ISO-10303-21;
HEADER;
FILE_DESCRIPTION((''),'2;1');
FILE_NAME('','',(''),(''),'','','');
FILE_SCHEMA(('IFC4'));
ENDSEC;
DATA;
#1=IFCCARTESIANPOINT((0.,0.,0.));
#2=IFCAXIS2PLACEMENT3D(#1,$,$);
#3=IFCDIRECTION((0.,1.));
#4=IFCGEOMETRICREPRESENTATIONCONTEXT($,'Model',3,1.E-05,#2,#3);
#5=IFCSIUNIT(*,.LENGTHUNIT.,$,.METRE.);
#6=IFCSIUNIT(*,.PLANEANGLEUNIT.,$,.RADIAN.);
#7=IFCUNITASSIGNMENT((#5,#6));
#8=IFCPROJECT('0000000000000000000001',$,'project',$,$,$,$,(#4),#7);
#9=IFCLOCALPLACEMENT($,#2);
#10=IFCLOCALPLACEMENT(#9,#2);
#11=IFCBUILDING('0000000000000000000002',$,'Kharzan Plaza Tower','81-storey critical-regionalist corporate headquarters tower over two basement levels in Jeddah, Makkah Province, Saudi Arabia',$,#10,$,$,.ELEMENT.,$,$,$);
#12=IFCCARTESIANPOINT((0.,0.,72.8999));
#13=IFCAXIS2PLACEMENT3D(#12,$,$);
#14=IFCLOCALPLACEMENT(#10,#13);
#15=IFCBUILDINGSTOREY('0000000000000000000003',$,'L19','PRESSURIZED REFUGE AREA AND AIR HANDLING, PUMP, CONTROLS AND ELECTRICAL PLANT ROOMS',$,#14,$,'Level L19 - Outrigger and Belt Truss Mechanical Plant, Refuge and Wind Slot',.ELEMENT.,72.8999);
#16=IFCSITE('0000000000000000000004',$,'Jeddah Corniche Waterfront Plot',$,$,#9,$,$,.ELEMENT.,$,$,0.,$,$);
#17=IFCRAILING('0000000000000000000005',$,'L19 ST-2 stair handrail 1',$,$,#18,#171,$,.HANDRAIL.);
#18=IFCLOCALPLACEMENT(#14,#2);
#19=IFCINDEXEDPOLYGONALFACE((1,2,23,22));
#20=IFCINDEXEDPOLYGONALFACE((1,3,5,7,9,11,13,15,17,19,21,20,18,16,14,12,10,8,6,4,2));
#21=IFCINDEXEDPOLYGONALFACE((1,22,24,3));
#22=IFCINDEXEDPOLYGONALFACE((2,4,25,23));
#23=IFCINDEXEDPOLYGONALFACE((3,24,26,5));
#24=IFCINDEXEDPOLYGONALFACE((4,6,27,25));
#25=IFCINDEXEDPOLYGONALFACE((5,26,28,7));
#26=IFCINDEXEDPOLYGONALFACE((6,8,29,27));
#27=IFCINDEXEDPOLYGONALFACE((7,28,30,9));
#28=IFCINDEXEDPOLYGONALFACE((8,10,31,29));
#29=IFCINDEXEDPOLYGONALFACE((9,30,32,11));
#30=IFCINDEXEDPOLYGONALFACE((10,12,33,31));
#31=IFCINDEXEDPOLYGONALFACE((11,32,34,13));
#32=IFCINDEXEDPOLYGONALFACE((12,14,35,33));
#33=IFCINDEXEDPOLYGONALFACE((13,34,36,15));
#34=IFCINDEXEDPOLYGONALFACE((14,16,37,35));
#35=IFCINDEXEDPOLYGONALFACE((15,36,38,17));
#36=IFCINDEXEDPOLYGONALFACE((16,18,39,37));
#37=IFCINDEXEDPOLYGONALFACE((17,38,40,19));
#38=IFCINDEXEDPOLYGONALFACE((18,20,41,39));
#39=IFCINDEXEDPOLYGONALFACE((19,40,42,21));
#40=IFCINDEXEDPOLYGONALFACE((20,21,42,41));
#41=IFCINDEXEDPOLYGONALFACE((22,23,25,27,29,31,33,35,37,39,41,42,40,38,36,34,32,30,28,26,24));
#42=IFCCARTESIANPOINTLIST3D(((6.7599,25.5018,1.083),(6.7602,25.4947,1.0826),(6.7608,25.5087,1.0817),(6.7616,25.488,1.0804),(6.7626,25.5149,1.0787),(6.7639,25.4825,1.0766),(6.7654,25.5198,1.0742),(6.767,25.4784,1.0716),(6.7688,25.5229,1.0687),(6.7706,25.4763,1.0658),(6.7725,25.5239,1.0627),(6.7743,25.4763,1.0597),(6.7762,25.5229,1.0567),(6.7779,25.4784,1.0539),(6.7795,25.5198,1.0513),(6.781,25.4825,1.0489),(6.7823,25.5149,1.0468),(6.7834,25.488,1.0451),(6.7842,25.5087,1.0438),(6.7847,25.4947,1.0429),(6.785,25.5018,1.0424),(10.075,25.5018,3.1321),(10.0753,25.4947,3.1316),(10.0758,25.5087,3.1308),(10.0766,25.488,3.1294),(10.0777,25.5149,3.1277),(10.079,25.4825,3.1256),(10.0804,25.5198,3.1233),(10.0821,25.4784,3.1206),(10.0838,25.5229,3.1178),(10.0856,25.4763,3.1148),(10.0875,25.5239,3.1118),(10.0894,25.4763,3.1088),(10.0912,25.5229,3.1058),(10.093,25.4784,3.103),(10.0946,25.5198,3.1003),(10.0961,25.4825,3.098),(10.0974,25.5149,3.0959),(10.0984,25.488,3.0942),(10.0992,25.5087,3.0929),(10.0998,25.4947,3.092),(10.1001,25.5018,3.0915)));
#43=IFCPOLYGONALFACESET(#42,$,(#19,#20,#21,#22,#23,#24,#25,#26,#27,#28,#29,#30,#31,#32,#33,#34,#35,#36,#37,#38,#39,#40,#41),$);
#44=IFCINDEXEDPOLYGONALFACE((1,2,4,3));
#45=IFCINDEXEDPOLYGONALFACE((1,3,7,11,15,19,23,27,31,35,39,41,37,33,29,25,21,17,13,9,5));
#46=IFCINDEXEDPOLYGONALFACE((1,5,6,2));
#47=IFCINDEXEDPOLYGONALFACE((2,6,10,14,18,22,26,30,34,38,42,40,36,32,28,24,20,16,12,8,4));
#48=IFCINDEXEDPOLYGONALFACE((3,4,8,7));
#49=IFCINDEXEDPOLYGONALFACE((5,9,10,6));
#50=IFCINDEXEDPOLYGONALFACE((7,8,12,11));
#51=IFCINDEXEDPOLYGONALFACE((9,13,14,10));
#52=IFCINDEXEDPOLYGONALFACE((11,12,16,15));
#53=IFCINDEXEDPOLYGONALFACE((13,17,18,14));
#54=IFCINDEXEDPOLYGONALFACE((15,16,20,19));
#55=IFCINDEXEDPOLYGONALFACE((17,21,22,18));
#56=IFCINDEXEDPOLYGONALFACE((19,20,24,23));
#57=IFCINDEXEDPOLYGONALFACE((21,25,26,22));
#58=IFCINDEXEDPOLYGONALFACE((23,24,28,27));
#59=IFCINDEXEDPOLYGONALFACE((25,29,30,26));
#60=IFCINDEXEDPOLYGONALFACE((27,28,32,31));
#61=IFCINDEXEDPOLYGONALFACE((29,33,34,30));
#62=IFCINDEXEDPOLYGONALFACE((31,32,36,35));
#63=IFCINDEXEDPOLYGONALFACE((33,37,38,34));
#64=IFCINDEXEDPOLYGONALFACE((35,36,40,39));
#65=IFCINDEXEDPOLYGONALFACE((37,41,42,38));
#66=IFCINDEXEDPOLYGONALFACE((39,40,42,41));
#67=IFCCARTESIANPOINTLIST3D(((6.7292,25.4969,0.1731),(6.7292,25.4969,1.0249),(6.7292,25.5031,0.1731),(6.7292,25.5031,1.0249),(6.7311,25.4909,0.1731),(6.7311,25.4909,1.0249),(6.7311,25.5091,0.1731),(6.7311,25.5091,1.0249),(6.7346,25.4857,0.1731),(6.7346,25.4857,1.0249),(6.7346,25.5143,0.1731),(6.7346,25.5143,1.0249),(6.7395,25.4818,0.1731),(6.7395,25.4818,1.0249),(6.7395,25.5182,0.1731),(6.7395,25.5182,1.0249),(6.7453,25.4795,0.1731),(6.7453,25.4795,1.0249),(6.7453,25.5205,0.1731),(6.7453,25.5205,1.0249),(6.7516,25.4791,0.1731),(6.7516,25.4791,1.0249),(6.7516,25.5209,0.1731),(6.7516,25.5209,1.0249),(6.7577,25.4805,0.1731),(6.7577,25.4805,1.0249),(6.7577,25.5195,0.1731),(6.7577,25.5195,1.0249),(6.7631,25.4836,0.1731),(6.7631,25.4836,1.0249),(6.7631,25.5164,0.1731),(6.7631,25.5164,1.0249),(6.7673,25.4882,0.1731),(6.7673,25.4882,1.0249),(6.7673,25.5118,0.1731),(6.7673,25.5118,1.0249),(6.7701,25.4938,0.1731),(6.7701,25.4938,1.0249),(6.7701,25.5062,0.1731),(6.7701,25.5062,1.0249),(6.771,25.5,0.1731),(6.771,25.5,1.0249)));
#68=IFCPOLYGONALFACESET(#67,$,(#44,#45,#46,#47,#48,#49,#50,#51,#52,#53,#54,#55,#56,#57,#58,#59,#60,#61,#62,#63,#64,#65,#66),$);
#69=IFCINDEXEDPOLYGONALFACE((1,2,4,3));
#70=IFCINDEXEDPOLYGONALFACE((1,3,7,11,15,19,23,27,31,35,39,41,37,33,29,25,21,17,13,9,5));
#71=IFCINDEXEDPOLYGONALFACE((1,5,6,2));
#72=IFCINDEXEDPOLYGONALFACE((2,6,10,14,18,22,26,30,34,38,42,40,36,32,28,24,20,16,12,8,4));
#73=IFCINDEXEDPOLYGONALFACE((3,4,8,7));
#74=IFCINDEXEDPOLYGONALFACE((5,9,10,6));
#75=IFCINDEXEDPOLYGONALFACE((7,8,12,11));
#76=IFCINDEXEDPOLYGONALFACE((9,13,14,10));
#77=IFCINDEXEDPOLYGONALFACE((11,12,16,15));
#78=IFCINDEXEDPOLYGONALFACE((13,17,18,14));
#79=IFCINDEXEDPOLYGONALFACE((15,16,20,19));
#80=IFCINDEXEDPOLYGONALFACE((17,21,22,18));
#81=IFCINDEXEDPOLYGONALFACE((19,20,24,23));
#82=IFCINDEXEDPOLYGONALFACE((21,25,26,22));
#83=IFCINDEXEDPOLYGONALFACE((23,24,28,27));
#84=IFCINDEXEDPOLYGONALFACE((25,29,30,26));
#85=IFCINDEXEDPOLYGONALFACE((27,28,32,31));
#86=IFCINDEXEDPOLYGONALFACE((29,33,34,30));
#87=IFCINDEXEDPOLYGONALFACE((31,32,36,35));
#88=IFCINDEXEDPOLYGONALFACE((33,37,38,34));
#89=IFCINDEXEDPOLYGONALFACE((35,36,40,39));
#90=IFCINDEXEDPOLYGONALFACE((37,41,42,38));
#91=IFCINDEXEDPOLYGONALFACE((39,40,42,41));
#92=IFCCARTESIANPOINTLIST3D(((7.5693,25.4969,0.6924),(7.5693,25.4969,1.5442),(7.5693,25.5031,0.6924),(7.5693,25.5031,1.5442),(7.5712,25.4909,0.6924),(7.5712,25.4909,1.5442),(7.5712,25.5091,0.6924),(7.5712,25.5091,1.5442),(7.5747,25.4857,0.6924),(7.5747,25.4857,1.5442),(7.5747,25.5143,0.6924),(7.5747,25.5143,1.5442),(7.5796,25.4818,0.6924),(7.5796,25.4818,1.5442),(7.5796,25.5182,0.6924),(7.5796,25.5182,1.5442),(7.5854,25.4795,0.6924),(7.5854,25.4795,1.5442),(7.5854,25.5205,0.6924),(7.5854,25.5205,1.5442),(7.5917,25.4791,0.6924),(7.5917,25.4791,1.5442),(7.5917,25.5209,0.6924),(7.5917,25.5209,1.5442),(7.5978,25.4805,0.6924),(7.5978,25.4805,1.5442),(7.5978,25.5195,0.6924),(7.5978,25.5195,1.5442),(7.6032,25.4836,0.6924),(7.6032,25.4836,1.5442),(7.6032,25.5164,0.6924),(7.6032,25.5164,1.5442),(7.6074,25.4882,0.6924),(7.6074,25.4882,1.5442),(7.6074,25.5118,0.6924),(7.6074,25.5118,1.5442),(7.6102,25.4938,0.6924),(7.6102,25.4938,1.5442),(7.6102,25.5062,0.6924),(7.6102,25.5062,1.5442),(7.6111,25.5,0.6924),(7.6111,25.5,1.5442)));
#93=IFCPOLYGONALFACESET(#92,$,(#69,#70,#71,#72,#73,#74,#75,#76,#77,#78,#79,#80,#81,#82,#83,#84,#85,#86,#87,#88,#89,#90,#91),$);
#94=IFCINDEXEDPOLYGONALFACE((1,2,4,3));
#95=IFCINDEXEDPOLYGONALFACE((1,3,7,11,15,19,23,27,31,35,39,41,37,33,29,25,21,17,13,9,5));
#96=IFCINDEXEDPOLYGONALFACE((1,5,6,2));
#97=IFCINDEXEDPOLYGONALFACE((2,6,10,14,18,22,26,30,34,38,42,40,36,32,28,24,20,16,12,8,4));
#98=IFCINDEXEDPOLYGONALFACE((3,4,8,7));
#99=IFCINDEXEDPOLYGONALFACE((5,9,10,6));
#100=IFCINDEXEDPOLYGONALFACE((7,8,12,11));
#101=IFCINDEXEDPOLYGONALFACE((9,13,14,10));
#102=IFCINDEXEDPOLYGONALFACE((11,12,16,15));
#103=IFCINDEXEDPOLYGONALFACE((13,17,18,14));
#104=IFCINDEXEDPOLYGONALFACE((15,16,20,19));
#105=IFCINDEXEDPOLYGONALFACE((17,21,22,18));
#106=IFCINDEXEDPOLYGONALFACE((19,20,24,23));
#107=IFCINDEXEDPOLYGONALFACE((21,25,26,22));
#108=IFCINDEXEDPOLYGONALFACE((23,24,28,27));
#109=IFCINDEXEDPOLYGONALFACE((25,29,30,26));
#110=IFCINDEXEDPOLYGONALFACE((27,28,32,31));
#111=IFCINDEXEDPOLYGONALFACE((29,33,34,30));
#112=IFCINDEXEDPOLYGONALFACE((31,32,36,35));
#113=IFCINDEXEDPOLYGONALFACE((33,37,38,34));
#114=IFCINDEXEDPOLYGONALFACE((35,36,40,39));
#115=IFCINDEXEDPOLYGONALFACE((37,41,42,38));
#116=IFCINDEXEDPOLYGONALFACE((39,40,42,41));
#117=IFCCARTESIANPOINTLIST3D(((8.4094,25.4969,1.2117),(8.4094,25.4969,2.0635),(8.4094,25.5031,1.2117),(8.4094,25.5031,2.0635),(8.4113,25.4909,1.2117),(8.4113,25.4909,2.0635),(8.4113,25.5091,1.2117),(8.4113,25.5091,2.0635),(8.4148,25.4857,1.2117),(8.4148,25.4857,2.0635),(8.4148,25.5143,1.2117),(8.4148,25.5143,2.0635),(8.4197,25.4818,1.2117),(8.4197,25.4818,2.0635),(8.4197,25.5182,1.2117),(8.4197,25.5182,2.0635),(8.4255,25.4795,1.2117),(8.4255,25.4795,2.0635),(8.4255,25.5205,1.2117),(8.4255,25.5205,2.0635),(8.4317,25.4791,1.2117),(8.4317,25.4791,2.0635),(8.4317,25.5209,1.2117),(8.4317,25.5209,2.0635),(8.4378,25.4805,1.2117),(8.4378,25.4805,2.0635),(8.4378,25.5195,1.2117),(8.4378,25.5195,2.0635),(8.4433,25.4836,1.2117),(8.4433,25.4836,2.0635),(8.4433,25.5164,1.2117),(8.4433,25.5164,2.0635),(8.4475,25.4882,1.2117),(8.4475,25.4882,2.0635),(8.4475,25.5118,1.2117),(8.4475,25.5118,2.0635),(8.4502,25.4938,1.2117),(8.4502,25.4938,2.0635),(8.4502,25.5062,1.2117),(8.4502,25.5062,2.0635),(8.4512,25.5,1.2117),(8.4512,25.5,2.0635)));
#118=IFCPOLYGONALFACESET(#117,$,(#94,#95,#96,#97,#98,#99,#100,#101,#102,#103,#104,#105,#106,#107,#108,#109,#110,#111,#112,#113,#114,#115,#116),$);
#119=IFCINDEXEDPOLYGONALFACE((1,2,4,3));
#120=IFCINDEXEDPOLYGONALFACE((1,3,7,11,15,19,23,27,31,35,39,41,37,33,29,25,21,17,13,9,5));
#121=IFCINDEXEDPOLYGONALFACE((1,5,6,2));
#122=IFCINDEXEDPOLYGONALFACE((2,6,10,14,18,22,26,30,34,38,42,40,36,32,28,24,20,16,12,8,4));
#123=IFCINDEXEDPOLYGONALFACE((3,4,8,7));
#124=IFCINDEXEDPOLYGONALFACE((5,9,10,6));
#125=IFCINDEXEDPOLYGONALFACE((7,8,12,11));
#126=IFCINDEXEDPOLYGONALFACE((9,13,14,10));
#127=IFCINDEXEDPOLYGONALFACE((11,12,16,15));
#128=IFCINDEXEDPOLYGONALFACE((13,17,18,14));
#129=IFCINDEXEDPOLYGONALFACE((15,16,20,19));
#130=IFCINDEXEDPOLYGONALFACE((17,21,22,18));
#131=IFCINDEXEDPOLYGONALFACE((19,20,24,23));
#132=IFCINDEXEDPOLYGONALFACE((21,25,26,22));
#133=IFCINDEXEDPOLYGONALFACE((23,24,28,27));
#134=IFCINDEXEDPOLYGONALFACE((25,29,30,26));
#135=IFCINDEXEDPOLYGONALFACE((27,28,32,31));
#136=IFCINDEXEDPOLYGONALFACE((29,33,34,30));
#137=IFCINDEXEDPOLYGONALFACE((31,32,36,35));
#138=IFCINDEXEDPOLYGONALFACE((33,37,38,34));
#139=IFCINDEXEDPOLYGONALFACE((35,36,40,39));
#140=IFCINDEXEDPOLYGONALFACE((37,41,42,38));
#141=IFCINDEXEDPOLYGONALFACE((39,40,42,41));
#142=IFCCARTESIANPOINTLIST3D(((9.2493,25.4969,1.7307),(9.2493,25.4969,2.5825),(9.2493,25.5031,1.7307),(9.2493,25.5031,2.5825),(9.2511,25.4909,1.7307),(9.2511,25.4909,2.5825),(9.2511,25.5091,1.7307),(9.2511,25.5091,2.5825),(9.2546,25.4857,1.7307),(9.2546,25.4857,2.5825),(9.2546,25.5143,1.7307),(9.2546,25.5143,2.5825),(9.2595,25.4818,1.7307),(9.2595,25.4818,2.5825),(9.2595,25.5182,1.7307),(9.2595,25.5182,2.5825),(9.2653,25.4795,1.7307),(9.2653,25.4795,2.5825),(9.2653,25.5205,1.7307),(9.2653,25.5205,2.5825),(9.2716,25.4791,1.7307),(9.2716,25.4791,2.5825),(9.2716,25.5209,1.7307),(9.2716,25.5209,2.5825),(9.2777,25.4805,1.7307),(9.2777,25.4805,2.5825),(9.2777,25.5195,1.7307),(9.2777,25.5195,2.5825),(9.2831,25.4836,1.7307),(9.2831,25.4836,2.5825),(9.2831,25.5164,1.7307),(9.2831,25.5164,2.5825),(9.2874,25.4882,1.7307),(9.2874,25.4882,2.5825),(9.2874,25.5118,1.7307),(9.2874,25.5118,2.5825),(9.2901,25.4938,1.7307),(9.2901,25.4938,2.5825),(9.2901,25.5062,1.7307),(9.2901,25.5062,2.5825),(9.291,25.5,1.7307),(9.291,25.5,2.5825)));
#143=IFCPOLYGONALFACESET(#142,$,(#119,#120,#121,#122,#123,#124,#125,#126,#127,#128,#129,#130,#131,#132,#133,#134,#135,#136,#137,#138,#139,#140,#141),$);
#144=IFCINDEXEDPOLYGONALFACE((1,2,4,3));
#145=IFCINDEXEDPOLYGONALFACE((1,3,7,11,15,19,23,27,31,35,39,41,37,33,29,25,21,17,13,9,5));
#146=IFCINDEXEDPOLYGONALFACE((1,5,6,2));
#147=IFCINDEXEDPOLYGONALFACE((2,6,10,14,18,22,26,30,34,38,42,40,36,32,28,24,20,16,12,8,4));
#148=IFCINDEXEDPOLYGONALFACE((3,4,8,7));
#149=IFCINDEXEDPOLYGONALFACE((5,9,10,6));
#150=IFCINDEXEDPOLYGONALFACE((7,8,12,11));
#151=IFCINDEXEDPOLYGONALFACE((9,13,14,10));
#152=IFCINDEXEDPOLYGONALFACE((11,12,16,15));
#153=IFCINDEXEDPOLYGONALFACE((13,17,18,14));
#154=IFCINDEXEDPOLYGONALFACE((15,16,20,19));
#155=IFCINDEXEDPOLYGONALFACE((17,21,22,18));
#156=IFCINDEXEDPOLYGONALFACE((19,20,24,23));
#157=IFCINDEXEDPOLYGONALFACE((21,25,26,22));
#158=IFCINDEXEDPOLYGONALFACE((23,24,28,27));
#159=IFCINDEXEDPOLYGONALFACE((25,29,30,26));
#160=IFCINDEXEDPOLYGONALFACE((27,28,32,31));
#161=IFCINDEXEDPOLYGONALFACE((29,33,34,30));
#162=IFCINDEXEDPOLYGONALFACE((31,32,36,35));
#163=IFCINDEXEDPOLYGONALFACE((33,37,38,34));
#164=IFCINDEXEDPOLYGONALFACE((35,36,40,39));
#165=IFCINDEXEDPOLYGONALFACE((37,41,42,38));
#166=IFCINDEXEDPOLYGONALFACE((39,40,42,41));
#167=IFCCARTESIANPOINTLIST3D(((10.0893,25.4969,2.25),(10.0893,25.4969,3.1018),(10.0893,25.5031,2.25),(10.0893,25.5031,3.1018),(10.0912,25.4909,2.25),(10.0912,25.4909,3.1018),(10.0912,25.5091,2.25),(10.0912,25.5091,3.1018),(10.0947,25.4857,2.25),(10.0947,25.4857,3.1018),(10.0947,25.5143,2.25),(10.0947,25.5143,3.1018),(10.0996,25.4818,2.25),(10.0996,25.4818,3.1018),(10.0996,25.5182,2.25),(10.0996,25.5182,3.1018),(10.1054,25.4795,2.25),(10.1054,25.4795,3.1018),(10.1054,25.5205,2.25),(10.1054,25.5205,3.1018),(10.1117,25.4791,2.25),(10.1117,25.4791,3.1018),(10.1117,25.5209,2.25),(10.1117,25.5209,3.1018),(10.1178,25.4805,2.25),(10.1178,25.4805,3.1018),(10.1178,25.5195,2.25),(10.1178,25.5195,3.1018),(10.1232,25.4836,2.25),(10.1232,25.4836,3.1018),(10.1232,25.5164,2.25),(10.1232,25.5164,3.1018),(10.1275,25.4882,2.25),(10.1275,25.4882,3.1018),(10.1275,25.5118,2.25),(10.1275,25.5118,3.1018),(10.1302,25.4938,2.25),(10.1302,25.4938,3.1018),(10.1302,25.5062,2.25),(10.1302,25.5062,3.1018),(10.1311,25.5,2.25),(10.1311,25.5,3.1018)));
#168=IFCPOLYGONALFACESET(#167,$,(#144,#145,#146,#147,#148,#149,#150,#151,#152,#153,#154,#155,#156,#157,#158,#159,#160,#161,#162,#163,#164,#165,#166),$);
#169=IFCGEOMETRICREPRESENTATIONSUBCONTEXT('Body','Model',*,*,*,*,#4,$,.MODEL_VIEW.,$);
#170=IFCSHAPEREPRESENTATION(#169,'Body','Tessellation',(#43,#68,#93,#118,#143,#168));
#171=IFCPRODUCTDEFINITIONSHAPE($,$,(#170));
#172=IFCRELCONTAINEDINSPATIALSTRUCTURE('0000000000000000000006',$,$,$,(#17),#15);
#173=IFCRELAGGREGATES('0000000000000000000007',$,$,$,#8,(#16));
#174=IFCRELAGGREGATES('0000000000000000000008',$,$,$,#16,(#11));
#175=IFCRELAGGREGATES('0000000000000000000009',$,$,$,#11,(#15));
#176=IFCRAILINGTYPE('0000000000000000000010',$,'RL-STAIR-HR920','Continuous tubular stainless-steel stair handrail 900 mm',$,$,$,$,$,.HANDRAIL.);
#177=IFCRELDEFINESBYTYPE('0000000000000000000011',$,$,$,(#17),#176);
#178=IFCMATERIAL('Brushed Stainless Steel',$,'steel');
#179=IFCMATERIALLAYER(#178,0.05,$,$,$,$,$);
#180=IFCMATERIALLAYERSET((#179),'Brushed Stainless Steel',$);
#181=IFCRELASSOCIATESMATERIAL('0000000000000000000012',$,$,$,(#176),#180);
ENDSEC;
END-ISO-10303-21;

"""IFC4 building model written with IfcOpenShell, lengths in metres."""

from ifc_helpers import new_model, si_unit, direction, frame, origin, origin_2d, place, context, subcontext, project, spatial, circle, extrude, source, transform, mapped, material, layer, layer_set, type_object, element, save


model = new_model("IFC4")

# Units and contexts
model_context = context("Model", 3, precision=1e-05, world=origin(), true_north=direction((0.0, 1.0)))
body_context = subcontext(model_context, "Body", "Model", "MODEL_VIEW")
ifc_project = project(units=[si_unit("LENGTHUNIT", "METRE"), si_unit("PLANEANGLEUNIT", "RADIAN")], contexts=[model_context])

# Site, building, storey
site_placement = place(None, origin())
site = spatial("IfcSite", under=ifc_project, at=site_placement, Name="Jeddah Corniche Waterfront Plot", CompositionType="ELEMENT", RefElevation=0.0)
building_placement = place(site_placement, origin())
building = spatial("IfcBuilding", under=site, at=building_placement, Name="Kharzan Plaza Tower", Description="81-storey critical-regionalist corporate headquarters tower over two basement levels in Jeddah, Makkah Province, Saudi Arabia", CompositionType="ELEMENT")
storey_placement = place(building_placement, frame((0.0, 0.0, 72.8999)))
storey = spatial("IfcBuildingStorey", under=building, at=storey_placement, Name="L19", Description="PRESSURIZED REFUGE AREA AND AIR HANDLING, PUMP, CONTROLS AND ELECTRICAL PLANT ROOMS", LongName="Level L19 - Outrigger and Belt Truss Mechanical Plant, Refuge and Wind Slot", CompositionType="ELEMENT", Elevation=72.8999)

# Shared definitions
ifc_material_1 = material(Name="Brushed Stainless Steel", Category="steel")

# Railing
ifc_layer_1 = layer(ifc_material_1, 0.05)
ifc_layer_set_1 = layer_set([ifc_layer_1], Name="Brushed Stainless Steel")
railing_type_1 = type_object("IfcRailingType", Name="RL-STAIR-HR920", Description="Continuous tubular stainless-steel stair handrail 900 mm", PredefinedType="HANDRAIL", material=ifc_layer_set_1)
shared_shape_1 = source(origin(), body_context, "Body", "SweptSolid", [
    extrude(circle(Radius=0.0239, at=origin_2d()), frame((0.0225, 0.0, 0.8896), z_axis=(0.850623, 0.0, 0.525776), x_axis=(0.0, 1.0, 0.0)), (0.0, 0.0, 1.0), 3.8972),
    extrude(circle(Radius=0.021, at=origin_2d()), origin(), (0.0, 0.0, 1.0), 0.8518),
    extrude(circle(Radius=0.021, at=origin_2d()), frame((0.8401, 0.0, 0.5193)), (0.0, 0.0, 1.0), 0.8518),
    extrude(circle(Radius=0.021, at=origin_2d()), frame((1.6802, 0.0, 1.0386)), (0.0, 0.0, 1.0), 0.8518),
    extrude(circle(Radius=0.021, at=origin_2d()), frame((2.52, 0.0, 1.5576)), (0.0, 0.0, 1.0), 0.8518),
    extrude(circle(Radius=0.021, at=origin_2d()), frame((3.3601, 0.0, 2.0769)), (0.0, 0.0, 1.0), 0.8518),
])
railing_1_placement = place(storey_placement, frame((6.75, 25.5, 0.1731)))
element("IfcRailing", 1, at=railing_1_placement, inside=storey, type_object=railing_type_1, Name="L19 ST-2 stair handrail 1", PredefinedType="HANDRAIL", context=body_context, shape_type="MappedRepresentation", body=[
    mapped(shared_shape_1, transform((0.0, 0.0, 0.0), x_axis=(1.0, 0.0, 0.0), y_axis=(0.0, 1.0, 0.0), z_axis=(0.0, 0.0, 1.0))),
])

save(model, "model.ifc")
